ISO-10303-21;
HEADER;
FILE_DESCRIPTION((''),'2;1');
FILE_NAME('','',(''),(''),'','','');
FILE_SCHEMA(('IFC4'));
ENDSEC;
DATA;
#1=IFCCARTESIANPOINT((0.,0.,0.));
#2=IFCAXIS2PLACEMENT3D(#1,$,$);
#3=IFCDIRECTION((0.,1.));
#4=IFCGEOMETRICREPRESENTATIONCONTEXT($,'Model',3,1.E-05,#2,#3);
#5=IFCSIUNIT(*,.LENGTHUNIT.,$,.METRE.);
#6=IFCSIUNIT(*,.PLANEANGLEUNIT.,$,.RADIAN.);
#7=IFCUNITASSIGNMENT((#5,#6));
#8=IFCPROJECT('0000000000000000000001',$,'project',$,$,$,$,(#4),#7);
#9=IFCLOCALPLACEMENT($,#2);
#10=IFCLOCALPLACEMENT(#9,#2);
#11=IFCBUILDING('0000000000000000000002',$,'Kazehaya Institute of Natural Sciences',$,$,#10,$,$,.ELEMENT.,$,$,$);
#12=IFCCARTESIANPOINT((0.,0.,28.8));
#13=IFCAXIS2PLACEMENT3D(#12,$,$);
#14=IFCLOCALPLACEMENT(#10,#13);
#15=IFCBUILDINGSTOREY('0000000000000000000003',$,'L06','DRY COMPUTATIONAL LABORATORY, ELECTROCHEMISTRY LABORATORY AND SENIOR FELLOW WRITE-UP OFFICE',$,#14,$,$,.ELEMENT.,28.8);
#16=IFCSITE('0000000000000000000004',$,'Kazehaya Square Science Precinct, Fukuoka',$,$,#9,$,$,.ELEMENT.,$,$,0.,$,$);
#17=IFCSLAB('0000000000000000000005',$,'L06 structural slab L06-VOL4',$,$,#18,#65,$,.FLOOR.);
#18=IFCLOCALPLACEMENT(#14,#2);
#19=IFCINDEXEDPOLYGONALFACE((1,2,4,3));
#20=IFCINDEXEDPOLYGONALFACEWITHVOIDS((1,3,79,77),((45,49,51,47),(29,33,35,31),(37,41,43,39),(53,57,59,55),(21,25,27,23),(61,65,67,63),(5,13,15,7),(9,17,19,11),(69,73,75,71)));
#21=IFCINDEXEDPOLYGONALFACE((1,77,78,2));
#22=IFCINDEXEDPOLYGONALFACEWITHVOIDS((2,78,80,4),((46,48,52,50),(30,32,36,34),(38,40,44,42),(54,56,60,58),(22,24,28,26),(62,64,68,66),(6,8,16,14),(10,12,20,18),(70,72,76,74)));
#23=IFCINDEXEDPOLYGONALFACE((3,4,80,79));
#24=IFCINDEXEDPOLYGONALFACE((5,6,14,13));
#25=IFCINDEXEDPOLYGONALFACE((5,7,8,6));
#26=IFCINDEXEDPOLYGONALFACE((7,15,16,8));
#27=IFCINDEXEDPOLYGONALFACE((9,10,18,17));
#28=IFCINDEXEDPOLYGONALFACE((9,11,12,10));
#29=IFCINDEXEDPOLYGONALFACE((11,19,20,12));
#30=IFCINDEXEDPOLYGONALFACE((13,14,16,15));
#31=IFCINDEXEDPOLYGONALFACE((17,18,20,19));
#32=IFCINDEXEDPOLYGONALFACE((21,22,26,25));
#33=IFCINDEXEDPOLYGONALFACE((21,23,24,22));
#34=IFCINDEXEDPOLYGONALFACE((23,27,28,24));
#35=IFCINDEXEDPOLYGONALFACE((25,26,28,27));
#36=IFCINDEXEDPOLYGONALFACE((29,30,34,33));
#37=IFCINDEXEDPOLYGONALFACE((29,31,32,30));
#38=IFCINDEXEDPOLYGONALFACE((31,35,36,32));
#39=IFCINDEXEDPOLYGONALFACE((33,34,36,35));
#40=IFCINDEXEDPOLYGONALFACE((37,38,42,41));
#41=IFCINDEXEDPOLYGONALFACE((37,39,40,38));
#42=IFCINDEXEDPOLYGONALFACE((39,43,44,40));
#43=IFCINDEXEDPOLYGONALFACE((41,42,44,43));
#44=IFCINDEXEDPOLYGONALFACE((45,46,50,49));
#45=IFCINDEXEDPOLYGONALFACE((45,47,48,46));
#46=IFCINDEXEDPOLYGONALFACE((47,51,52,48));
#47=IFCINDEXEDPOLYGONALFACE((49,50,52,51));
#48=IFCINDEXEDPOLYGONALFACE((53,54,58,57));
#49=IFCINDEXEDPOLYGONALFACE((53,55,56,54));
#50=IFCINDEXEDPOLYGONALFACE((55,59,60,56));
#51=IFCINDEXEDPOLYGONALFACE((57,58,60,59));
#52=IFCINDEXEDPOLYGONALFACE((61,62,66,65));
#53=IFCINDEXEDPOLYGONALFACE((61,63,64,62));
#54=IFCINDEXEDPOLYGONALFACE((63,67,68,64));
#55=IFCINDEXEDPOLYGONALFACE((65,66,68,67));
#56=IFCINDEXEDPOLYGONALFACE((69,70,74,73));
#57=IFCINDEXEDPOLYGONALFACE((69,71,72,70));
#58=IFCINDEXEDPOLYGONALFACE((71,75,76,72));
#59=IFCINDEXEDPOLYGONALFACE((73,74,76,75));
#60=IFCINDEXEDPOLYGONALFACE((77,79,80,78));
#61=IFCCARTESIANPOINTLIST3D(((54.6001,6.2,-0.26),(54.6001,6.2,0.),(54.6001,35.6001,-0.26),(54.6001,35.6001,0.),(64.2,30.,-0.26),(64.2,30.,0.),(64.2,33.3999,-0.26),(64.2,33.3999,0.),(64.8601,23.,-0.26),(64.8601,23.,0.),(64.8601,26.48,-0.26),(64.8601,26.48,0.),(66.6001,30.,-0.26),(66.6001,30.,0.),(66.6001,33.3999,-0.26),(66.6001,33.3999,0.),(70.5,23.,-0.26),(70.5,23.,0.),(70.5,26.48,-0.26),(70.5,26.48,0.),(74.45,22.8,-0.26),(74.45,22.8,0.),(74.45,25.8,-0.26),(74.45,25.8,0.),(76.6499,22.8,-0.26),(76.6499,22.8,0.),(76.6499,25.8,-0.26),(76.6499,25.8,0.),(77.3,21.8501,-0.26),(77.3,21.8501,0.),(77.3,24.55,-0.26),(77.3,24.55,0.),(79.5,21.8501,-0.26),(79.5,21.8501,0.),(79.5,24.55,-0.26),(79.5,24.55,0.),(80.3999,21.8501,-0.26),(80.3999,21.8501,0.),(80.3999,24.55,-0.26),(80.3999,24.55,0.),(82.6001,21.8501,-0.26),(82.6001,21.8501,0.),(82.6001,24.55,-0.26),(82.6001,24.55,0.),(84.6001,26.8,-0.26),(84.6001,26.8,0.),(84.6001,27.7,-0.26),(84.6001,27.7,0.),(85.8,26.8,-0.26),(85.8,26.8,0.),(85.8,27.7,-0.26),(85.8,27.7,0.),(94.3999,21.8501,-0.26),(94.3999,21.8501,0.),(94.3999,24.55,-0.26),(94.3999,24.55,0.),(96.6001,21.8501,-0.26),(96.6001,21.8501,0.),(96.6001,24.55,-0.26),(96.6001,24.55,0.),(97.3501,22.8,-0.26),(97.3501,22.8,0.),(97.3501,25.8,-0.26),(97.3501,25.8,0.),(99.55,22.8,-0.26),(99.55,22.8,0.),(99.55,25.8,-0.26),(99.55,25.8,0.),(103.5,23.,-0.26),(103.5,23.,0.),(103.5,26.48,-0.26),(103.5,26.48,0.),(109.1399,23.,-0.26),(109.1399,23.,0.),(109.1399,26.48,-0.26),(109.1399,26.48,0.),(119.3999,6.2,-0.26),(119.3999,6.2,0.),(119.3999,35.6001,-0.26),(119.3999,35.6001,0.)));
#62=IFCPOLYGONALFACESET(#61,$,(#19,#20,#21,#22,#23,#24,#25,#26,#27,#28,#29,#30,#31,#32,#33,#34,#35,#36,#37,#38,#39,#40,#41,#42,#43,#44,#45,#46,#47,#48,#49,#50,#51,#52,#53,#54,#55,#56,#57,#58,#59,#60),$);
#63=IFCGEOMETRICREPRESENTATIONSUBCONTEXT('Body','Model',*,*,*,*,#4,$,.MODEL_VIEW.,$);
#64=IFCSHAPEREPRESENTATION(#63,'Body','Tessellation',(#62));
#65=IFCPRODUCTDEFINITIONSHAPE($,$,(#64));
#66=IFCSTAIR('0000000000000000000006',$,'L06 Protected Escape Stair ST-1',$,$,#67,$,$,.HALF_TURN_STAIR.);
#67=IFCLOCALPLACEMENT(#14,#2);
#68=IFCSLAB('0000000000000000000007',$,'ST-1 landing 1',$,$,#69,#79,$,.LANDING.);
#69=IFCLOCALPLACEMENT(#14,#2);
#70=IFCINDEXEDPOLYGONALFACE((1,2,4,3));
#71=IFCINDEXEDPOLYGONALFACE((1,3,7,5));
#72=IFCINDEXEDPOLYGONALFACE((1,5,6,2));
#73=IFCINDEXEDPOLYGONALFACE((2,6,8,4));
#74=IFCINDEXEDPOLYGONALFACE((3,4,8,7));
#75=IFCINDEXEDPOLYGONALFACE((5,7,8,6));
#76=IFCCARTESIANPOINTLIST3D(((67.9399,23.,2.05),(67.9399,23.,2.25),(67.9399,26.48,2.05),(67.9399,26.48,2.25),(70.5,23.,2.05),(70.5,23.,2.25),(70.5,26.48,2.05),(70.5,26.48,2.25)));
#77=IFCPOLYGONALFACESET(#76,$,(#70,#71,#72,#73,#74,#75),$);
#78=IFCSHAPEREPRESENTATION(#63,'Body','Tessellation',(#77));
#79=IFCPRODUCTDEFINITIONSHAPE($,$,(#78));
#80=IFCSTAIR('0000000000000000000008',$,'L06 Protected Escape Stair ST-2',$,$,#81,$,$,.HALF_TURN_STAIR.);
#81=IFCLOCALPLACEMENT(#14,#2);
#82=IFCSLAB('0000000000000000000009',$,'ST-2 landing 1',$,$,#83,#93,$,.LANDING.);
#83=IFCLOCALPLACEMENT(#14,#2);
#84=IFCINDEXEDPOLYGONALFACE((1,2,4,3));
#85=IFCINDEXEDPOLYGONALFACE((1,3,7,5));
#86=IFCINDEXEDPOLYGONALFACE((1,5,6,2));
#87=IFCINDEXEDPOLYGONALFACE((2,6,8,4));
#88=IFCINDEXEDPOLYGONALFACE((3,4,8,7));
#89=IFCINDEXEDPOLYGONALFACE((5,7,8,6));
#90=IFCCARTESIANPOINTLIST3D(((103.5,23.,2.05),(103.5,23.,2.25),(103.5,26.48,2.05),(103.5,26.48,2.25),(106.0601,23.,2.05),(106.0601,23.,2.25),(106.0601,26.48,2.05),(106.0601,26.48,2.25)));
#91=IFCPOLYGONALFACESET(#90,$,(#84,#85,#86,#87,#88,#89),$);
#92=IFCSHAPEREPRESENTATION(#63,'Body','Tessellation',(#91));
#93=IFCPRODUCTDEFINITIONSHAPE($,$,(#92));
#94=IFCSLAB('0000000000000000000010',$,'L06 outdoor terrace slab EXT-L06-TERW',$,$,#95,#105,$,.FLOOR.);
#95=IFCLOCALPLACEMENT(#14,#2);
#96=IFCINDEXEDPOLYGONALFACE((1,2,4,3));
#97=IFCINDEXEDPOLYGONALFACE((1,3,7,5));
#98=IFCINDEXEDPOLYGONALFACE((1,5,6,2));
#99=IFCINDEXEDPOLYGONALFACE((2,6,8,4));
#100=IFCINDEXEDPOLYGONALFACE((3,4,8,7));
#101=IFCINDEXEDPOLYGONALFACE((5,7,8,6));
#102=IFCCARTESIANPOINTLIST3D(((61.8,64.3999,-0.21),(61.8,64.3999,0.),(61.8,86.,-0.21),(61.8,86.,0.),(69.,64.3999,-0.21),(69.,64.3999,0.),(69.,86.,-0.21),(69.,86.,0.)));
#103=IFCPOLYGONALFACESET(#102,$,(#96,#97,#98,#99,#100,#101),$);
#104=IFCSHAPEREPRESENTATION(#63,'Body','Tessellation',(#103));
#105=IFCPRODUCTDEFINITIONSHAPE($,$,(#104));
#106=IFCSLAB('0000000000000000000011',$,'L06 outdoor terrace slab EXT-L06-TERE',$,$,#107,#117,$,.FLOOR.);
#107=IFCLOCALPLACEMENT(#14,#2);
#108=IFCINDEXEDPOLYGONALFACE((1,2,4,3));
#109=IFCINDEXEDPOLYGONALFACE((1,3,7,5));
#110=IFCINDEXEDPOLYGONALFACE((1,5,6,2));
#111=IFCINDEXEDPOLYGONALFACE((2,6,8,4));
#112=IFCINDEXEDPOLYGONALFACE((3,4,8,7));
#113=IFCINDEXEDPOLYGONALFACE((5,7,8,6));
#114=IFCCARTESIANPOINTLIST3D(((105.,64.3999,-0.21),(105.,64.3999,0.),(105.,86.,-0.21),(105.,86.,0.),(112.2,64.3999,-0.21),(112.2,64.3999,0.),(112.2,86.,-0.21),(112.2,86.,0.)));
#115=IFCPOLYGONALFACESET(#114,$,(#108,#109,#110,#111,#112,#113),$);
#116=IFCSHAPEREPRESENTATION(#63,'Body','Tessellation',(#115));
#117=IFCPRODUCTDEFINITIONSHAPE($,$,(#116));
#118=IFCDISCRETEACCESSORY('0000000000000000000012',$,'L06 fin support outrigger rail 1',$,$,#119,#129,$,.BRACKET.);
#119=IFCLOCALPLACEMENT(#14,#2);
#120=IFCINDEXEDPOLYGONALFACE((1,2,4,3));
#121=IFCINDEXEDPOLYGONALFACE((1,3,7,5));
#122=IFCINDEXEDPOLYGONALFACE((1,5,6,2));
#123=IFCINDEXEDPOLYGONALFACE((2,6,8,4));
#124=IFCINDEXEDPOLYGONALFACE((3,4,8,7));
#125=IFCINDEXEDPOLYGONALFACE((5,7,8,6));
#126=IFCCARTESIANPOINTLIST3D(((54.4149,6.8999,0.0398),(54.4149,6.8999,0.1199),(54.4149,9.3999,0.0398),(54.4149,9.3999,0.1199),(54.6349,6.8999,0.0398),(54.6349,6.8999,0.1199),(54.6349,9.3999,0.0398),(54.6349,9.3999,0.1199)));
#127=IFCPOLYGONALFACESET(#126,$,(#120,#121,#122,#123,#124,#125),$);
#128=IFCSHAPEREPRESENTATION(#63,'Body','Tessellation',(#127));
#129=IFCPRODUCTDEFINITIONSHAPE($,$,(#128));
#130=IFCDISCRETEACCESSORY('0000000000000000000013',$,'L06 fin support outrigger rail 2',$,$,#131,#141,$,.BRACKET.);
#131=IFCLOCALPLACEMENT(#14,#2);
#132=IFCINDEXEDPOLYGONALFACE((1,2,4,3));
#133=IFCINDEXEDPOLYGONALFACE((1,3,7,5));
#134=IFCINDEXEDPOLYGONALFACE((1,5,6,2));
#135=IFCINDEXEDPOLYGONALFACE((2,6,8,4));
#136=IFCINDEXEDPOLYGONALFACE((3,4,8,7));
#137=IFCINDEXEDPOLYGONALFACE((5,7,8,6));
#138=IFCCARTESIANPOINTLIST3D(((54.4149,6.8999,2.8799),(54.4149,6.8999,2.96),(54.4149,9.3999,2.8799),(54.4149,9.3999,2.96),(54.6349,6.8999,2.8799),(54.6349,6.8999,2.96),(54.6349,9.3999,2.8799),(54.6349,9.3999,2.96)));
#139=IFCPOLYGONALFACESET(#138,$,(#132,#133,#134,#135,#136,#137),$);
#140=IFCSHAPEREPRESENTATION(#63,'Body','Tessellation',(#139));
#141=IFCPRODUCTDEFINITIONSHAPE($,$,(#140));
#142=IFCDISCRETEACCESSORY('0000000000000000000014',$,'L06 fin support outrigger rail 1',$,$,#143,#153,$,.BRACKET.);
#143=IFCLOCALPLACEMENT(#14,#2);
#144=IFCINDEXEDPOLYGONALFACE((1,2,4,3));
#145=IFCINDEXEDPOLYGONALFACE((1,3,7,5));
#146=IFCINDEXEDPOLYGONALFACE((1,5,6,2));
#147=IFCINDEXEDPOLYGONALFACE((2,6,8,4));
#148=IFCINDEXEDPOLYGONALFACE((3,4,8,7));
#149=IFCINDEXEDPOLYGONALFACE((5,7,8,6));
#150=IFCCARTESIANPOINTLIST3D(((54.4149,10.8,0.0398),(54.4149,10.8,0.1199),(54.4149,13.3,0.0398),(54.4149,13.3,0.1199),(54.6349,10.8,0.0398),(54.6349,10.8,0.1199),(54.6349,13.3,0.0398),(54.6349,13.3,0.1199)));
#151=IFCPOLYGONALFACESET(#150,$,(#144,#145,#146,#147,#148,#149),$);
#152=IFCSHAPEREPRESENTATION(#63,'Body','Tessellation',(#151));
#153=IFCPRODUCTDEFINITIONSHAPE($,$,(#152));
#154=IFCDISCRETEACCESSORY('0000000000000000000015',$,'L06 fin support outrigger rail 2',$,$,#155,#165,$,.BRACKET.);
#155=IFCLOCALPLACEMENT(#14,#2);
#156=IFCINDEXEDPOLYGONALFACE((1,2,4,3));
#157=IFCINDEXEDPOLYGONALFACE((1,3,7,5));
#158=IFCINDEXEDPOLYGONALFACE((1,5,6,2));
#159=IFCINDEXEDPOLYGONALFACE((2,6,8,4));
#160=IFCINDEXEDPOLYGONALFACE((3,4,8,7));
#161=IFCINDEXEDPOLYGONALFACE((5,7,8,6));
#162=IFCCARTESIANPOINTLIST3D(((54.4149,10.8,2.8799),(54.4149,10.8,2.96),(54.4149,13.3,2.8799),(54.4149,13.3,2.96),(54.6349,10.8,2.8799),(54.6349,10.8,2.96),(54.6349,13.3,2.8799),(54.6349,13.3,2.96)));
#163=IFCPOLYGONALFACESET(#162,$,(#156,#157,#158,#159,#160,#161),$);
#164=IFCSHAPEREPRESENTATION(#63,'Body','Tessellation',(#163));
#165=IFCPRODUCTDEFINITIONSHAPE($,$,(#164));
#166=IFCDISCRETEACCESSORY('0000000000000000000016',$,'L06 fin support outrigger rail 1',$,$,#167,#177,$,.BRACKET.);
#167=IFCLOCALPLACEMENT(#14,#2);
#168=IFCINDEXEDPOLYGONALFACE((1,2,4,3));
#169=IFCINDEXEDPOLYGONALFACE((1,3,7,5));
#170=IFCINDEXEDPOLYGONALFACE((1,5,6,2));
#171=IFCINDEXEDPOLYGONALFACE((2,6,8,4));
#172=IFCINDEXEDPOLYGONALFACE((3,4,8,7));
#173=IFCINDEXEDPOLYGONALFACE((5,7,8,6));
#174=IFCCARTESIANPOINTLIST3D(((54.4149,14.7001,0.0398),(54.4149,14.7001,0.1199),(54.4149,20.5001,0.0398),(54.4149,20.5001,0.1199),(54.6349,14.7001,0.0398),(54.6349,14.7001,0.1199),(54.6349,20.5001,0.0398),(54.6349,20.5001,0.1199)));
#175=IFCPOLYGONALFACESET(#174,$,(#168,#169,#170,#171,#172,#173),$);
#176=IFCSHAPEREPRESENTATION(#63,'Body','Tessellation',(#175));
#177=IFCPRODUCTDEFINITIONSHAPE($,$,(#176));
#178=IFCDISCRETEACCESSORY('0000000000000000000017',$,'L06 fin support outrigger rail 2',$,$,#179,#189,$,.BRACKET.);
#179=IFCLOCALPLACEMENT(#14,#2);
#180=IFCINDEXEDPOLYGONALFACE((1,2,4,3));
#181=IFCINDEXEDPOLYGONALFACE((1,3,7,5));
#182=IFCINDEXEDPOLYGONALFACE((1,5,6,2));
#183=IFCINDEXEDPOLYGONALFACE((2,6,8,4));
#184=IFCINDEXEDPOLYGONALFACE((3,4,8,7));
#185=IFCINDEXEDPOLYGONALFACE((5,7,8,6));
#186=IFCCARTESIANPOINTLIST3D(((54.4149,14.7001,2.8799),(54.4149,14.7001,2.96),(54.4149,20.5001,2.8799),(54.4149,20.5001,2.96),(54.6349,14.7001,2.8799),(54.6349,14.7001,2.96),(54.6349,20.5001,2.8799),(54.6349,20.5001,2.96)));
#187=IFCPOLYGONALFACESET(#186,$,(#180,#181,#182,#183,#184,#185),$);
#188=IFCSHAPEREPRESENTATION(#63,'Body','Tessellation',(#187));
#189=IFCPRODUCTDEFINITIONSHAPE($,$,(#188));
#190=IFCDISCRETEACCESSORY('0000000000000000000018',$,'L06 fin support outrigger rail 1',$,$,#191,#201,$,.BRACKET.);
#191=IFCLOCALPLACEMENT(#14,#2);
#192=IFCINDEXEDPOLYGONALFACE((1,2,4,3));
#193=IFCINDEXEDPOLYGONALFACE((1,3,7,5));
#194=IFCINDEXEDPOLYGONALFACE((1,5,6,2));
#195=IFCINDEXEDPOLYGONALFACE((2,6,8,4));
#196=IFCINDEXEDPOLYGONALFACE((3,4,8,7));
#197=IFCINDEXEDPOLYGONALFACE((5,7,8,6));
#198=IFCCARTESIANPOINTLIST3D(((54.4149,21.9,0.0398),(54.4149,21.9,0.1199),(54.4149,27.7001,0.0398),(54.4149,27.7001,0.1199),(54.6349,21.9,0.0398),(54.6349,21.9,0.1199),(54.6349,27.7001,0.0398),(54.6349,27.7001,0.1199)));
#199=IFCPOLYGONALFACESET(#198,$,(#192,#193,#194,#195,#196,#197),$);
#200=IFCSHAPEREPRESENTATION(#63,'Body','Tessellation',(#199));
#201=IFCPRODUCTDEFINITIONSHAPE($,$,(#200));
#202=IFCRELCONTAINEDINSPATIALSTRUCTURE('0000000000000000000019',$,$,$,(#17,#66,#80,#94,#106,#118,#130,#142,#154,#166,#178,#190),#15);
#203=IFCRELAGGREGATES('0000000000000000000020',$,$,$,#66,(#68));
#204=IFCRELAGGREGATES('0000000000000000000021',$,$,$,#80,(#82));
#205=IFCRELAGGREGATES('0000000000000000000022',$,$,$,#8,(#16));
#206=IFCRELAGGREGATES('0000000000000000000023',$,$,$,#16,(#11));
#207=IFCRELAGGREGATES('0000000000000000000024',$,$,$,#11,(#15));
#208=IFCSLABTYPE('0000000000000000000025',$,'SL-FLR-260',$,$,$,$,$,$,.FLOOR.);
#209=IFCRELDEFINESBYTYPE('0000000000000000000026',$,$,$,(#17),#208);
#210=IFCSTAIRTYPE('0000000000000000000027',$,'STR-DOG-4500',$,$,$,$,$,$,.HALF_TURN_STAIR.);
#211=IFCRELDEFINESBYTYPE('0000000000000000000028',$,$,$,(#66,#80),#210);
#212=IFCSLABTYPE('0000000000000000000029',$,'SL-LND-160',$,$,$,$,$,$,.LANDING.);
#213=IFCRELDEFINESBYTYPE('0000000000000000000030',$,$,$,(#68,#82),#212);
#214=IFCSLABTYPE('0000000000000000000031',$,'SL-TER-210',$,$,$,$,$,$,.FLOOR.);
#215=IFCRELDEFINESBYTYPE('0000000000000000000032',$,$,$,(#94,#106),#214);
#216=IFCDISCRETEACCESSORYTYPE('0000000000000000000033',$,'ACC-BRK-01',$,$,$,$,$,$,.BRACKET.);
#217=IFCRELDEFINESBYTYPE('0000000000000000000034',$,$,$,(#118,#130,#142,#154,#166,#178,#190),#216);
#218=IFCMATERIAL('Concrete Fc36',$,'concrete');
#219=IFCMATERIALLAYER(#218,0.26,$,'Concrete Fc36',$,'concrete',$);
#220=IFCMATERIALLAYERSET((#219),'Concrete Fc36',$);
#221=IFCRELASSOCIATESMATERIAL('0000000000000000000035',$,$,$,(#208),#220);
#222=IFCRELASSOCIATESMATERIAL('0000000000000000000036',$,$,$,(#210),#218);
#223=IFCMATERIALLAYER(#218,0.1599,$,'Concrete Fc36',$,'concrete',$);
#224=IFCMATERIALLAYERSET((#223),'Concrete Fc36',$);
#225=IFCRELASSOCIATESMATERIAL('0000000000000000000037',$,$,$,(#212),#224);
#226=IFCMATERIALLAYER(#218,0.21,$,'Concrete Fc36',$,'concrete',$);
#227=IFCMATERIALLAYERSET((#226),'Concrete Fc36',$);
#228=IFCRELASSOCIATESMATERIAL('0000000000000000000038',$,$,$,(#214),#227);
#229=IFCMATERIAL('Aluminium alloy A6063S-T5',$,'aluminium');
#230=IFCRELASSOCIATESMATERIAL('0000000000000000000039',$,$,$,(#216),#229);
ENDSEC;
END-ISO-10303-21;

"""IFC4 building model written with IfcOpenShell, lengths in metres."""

from ifc_helpers import new_model, si_unit, direction, frame, origin, origin_2d, place, context, subcontext, project, spatial, polyline, rectangle, outline, extrude, material, layer, layer_set, type_object, element, aggregate, save


model = new_model("IFC4")

# Units and contexts
model_context = context("Model", 3, precision=1e-05, world=origin(), true_north=direction((0.0, 1.0)))
body_context = subcontext(model_context, "Body", "Model", "MODEL_VIEW")
ifc_project = project(units=[si_unit("LENGTHUNIT", "METRE"), si_unit("PLANEANGLEUNIT", "RADIAN")], contexts=[model_context])

# Site, building, storey
site_placement = place(None, origin())
site = spatial("IfcSite", under=ifc_project, at=site_placement, Name="Kazehaya Square Science Precinct, Fukuoka", CompositionType="ELEMENT", RefElevation=0.0)
building_placement = place(site_placement, origin())
building = spatial("IfcBuilding", under=site, at=building_placement, Name="Kazehaya Institute of Natural Sciences", CompositionType="ELEMENT")
storey_placement = place(building_placement, frame((0.0, 0.0, 28.8)))
storey = spatial("IfcBuildingStorey", under=building, at=storey_placement, Name="L06", Description="DRY COMPUTATIONAL LABORATORY, ELECTROCHEMISTRY LABORATORY AND SENIOR FELLOW WRITE-UP OFFICE", CompositionType="ELEMENT", Elevation=28.8)

# Shared definitions
ifc_material_1 = material(Name="Concrete Fc36", Category="concrete")

# Shared definitions
ifc_material_2 = material(Name="Aluminium alloy A6063S-T5", Category="aluminium")

# Slab
ifc_layer_1 = layer(ifc_material_1, 0.26, Name="Concrete Fc36", Category="concrete")
ifc_layer_set_1 = layer_set([ifc_layer_1], Name="Concrete Fc36")
slab_type_1 = type_object("IfcSlabType", Name="SL-FLR-260", PredefinedType="FLOOR", material=ifc_layer_set_1)
slab_1_placement = place(storey_placement, frame((0.0, 0.0, -0.26)))
element("IfcSlab", 1, at=slab_1_placement, inside=storey, type_object=slab_type_1, Name="L06 structural slab L06-VOL4", PredefinedType="FLOOR", context=body_context, shape_type="SweptSolid", body=[
    extrude(outline(polyline([(54.6001, 6.2), (119.3999, 6.2), (119.3999, 35.6001), (54.6001, 35.6001), (54.6001, 6.2)]), holes=[polyline([(84.6001, 26.8), (85.8, 26.8), (85.8, 27.7), (84.6001, 27.7), (84.6001, 26.8)]), polyline([(64.8601, 23.0), (70.5, 23.0), (70.5, 26.48), (64.8601, 26.48), (64.8601, 23.0)]), polyline([(103.5, 23.0), (109.1399, 23.0), (109.1399, 26.48), (103.5, 26.48), (103.5, 23.0)]), polyline([(74.45, 22.8), (76.6499, 22.8), (76.6499, 25.8), (74.45, 25.8), (74.45, 22.8)]), polyline([(97.3501, 22.8), (99.55, 22.8), (99.55, 25.8), (97.3501, 25.8), (97.3501, 22.8)]), polyline([(77.3, 21.8501), (79.5, 21.8501), (79.5, 24.55), (77.3, 24.55), (77.3, 21.8501)]), polyline([(80.3999, 21.8501), (82.6001, 21.8501), (82.6001, 24.55), (80.3999, 24.55), (80.3999, 21.8501)]), polyline([(94.3999, 21.8501), (96.6001, 21.8501), (96.6001, 24.55), (94.3999, 24.55), (94.3999, 21.8501)]), polyline([(64.2, 30.0), (66.6001, 30.0), (66.6001, 33.3999), (64.2, 33.3999), (64.2, 30.0)])]), origin(), (0.0, 0.0, 1.0), 0.26),
])

# Stairs, slabs
stair_type = type_object("IfcStairType", Name="STR-DOG-4500", PredefinedType="HALF_TURN_STAIR", material=ifc_material_1)
stair_1_placement = place(storey_placement, origin())
stair_1 = element("IfcStair", 2, at=stair_1_placement, inside=storey, type_object=stair_type, Name="L06 Protected Escape Stair ST-1", PredefinedType="HALF_TURN_STAIR")
ifc_layer_2 = layer(ifc_material_1, 0.1599, Name="Concrete Fc36", Category="concrete")
ifc_layer_set_2 = layer_set([ifc_layer_2], Name="Concrete Fc36")
slab_type_2 = type_object("IfcSlabType", Name="SL-LND-160", PredefinedType="LANDING", material=ifc_layer_set_2)
slab_2_placement = place(storey_placement, frame((0.0, 0.0, 2.05)))
slab_2 = element("IfcSlab", 3, at=slab_2_placement, type_object=slab_type_2, Name="ST-1 landing 1", PredefinedType="LANDING", context=body_context, shape_type="SweptSolid", body=[
    extrude(outline(polyline([(67.9399, 23.0), (70.5, 23.0), (70.5, 26.48), (67.9399, 26.48), (67.9399, 23.0)])), origin(), (0.0, 0.0, 1.0), 0.2),
])
aggregate(stair_1, [slab_2])
stair_2_placement = place(storey_placement, origin())
stair_2 = element("IfcStair", 4, at=stair_2_placement, inside=storey, type_object=stair_type, Name="L06 Protected Escape Stair ST-2", PredefinedType="HALF_TURN_STAIR")
slab_3_placement = place(storey_placement, frame((0.0, 0.0, 2.05)))
slab_3 = element("IfcSlab", 5, at=slab_3_placement, type_object=slab_type_2, Name="ST-2 landing 1", PredefinedType="LANDING", context=body_context, shape_type="SweptSolid", body=[
    extrude(outline(polyline([(106.0601, 26.48), (103.5, 26.48), (103.5, 23.0), (106.0601, 23.0), (106.0601, 26.48)])), origin(), (0.0, 0.0, 1.0), 0.2),
])
aggregate(stair_2, [slab_3])

# Slabs
ifc_layer_3 = layer(ifc_material_1, 0.21, Name="Concrete Fc36", Category="concrete")
ifc_layer_set_3 = layer_set([ifc_layer_3], Name="Concrete Fc36")
slab_type_3 = type_object("IfcSlabType", Name="SL-TER-210", PredefinedType="FLOOR", material=ifc_layer_set_3)
slab_4_placement = place(storey_placement, frame((0.0, 0.0, -0.21)))
element("IfcSlab", 6, at=slab_4_placement, inside=storey, type_object=slab_type_3, Name="L06 outdoor terrace slab EXT-L06-TERW", PredefinedType="FLOOR", context=body_context, shape_type="SweptSolid", body=[
    extrude(outline(polyline([(61.8, 64.3999), (69.0, 64.3999), (69.0, 86.0), (61.8, 86.0), (61.8, 64.3999)])), origin(), (0.0, 0.0, 1.0), 0.21),
])
slab_5_placement = place(storey_placement, frame((0.0, 0.0, -0.21)))
element("IfcSlab", 7, at=slab_5_placement, inside=storey, type_object=slab_type_3, Name="L06 outdoor terrace slab EXT-L06-TERE", PredefinedType="FLOOR", context=body_context, shape_type="SweptSolid", body=[
    extrude(outline(polyline([(105.0, 64.3999), (112.2, 64.3999), (112.2, 86.0), (105.0, 86.0), (105.0, 64.3999)])), origin(), (0.0, 0.0, 1.0), 0.21),
])

# Discrete accessories
discrete_accessory_type = type_object("IfcDiscreteAccessoryType", Name="ACC-BRK-01", PredefinedType="BRACKET", material=ifc_material_2)
for number, where, z_axis, x_axis, name in (
    (8, (54.5249, 8.1499, 0.0398), (0.0, 0.0, 1.0), (0.0, 1.0, 0.0), "L06 fin support outrigger rail 1"),
    (9, (54.5249, 8.1499, 2.8799), (0.0, 0.0, 1.0), (0.0, 1.0, 0.0), "L06 fin support outrigger rail 2"),
    (10, (54.5249, 12.05, 0.0398), (0.0, 0.0, 1.0), (0.0, 1.0, 0.0), "L06 fin support outrigger rail 1"),
    (11, (54.5249, 12.05, 2.8799), (0.0, 0.0, 1.0), (0.0, 1.0, 0.0), "L06 fin support outrigger rail 2"),
):
    element("IfcDiscreteAccessory", number, at=place(storey_placement, frame(where, z_axis=z_axis, x_axis=x_axis)), inside=storey, type_object=discrete_accessory_type, Name=name, PredefinedType="BRACKET", context=body_context, shape_type="SweptSolid", body=[
        extrude(rectangle(XDim=2.5, YDim=0.22, at=origin_2d()), origin(), (0.0, 0.0, 1.0), 0.0801),
    ])
for number, where, z_axis, x_axis, name in (
    (12, (54.5249, 17.6001, 0.0398), (0.0, 0.0, 1.0), (0.0, 1.0, 0.0), "L06 fin support outrigger rail 1"),
    (13, (54.5249, 17.6001, 2.8799), (0.0, 0.0, 1.0), (0.0, 1.0, 0.0), "L06 fin support outrigger rail 2"),
    (14, (54.5249, 24.8, 0.0398), (0.0, 0.0, 1.0), (0.0, 1.0, 0.0), "L06 fin support outrigger rail 1"),
):
    element("IfcDiscreteAccessory", number, at=place(storey_placement, frame(where, z_axis=z_axis, x_axis=x_axis)), inside=storey, type_object=discrete_accessory_type, Name=name, PredefinedType="BRACKET", context=body_context, shape_type="SweptSolid", body=[
        extrude(rectangle(XDim=5.8, YDim=0.22, at=origin_2d()), origin(), (0.0, 0.0, 1.0), 0.0801),
    ])

save(model, "model.ifc")
